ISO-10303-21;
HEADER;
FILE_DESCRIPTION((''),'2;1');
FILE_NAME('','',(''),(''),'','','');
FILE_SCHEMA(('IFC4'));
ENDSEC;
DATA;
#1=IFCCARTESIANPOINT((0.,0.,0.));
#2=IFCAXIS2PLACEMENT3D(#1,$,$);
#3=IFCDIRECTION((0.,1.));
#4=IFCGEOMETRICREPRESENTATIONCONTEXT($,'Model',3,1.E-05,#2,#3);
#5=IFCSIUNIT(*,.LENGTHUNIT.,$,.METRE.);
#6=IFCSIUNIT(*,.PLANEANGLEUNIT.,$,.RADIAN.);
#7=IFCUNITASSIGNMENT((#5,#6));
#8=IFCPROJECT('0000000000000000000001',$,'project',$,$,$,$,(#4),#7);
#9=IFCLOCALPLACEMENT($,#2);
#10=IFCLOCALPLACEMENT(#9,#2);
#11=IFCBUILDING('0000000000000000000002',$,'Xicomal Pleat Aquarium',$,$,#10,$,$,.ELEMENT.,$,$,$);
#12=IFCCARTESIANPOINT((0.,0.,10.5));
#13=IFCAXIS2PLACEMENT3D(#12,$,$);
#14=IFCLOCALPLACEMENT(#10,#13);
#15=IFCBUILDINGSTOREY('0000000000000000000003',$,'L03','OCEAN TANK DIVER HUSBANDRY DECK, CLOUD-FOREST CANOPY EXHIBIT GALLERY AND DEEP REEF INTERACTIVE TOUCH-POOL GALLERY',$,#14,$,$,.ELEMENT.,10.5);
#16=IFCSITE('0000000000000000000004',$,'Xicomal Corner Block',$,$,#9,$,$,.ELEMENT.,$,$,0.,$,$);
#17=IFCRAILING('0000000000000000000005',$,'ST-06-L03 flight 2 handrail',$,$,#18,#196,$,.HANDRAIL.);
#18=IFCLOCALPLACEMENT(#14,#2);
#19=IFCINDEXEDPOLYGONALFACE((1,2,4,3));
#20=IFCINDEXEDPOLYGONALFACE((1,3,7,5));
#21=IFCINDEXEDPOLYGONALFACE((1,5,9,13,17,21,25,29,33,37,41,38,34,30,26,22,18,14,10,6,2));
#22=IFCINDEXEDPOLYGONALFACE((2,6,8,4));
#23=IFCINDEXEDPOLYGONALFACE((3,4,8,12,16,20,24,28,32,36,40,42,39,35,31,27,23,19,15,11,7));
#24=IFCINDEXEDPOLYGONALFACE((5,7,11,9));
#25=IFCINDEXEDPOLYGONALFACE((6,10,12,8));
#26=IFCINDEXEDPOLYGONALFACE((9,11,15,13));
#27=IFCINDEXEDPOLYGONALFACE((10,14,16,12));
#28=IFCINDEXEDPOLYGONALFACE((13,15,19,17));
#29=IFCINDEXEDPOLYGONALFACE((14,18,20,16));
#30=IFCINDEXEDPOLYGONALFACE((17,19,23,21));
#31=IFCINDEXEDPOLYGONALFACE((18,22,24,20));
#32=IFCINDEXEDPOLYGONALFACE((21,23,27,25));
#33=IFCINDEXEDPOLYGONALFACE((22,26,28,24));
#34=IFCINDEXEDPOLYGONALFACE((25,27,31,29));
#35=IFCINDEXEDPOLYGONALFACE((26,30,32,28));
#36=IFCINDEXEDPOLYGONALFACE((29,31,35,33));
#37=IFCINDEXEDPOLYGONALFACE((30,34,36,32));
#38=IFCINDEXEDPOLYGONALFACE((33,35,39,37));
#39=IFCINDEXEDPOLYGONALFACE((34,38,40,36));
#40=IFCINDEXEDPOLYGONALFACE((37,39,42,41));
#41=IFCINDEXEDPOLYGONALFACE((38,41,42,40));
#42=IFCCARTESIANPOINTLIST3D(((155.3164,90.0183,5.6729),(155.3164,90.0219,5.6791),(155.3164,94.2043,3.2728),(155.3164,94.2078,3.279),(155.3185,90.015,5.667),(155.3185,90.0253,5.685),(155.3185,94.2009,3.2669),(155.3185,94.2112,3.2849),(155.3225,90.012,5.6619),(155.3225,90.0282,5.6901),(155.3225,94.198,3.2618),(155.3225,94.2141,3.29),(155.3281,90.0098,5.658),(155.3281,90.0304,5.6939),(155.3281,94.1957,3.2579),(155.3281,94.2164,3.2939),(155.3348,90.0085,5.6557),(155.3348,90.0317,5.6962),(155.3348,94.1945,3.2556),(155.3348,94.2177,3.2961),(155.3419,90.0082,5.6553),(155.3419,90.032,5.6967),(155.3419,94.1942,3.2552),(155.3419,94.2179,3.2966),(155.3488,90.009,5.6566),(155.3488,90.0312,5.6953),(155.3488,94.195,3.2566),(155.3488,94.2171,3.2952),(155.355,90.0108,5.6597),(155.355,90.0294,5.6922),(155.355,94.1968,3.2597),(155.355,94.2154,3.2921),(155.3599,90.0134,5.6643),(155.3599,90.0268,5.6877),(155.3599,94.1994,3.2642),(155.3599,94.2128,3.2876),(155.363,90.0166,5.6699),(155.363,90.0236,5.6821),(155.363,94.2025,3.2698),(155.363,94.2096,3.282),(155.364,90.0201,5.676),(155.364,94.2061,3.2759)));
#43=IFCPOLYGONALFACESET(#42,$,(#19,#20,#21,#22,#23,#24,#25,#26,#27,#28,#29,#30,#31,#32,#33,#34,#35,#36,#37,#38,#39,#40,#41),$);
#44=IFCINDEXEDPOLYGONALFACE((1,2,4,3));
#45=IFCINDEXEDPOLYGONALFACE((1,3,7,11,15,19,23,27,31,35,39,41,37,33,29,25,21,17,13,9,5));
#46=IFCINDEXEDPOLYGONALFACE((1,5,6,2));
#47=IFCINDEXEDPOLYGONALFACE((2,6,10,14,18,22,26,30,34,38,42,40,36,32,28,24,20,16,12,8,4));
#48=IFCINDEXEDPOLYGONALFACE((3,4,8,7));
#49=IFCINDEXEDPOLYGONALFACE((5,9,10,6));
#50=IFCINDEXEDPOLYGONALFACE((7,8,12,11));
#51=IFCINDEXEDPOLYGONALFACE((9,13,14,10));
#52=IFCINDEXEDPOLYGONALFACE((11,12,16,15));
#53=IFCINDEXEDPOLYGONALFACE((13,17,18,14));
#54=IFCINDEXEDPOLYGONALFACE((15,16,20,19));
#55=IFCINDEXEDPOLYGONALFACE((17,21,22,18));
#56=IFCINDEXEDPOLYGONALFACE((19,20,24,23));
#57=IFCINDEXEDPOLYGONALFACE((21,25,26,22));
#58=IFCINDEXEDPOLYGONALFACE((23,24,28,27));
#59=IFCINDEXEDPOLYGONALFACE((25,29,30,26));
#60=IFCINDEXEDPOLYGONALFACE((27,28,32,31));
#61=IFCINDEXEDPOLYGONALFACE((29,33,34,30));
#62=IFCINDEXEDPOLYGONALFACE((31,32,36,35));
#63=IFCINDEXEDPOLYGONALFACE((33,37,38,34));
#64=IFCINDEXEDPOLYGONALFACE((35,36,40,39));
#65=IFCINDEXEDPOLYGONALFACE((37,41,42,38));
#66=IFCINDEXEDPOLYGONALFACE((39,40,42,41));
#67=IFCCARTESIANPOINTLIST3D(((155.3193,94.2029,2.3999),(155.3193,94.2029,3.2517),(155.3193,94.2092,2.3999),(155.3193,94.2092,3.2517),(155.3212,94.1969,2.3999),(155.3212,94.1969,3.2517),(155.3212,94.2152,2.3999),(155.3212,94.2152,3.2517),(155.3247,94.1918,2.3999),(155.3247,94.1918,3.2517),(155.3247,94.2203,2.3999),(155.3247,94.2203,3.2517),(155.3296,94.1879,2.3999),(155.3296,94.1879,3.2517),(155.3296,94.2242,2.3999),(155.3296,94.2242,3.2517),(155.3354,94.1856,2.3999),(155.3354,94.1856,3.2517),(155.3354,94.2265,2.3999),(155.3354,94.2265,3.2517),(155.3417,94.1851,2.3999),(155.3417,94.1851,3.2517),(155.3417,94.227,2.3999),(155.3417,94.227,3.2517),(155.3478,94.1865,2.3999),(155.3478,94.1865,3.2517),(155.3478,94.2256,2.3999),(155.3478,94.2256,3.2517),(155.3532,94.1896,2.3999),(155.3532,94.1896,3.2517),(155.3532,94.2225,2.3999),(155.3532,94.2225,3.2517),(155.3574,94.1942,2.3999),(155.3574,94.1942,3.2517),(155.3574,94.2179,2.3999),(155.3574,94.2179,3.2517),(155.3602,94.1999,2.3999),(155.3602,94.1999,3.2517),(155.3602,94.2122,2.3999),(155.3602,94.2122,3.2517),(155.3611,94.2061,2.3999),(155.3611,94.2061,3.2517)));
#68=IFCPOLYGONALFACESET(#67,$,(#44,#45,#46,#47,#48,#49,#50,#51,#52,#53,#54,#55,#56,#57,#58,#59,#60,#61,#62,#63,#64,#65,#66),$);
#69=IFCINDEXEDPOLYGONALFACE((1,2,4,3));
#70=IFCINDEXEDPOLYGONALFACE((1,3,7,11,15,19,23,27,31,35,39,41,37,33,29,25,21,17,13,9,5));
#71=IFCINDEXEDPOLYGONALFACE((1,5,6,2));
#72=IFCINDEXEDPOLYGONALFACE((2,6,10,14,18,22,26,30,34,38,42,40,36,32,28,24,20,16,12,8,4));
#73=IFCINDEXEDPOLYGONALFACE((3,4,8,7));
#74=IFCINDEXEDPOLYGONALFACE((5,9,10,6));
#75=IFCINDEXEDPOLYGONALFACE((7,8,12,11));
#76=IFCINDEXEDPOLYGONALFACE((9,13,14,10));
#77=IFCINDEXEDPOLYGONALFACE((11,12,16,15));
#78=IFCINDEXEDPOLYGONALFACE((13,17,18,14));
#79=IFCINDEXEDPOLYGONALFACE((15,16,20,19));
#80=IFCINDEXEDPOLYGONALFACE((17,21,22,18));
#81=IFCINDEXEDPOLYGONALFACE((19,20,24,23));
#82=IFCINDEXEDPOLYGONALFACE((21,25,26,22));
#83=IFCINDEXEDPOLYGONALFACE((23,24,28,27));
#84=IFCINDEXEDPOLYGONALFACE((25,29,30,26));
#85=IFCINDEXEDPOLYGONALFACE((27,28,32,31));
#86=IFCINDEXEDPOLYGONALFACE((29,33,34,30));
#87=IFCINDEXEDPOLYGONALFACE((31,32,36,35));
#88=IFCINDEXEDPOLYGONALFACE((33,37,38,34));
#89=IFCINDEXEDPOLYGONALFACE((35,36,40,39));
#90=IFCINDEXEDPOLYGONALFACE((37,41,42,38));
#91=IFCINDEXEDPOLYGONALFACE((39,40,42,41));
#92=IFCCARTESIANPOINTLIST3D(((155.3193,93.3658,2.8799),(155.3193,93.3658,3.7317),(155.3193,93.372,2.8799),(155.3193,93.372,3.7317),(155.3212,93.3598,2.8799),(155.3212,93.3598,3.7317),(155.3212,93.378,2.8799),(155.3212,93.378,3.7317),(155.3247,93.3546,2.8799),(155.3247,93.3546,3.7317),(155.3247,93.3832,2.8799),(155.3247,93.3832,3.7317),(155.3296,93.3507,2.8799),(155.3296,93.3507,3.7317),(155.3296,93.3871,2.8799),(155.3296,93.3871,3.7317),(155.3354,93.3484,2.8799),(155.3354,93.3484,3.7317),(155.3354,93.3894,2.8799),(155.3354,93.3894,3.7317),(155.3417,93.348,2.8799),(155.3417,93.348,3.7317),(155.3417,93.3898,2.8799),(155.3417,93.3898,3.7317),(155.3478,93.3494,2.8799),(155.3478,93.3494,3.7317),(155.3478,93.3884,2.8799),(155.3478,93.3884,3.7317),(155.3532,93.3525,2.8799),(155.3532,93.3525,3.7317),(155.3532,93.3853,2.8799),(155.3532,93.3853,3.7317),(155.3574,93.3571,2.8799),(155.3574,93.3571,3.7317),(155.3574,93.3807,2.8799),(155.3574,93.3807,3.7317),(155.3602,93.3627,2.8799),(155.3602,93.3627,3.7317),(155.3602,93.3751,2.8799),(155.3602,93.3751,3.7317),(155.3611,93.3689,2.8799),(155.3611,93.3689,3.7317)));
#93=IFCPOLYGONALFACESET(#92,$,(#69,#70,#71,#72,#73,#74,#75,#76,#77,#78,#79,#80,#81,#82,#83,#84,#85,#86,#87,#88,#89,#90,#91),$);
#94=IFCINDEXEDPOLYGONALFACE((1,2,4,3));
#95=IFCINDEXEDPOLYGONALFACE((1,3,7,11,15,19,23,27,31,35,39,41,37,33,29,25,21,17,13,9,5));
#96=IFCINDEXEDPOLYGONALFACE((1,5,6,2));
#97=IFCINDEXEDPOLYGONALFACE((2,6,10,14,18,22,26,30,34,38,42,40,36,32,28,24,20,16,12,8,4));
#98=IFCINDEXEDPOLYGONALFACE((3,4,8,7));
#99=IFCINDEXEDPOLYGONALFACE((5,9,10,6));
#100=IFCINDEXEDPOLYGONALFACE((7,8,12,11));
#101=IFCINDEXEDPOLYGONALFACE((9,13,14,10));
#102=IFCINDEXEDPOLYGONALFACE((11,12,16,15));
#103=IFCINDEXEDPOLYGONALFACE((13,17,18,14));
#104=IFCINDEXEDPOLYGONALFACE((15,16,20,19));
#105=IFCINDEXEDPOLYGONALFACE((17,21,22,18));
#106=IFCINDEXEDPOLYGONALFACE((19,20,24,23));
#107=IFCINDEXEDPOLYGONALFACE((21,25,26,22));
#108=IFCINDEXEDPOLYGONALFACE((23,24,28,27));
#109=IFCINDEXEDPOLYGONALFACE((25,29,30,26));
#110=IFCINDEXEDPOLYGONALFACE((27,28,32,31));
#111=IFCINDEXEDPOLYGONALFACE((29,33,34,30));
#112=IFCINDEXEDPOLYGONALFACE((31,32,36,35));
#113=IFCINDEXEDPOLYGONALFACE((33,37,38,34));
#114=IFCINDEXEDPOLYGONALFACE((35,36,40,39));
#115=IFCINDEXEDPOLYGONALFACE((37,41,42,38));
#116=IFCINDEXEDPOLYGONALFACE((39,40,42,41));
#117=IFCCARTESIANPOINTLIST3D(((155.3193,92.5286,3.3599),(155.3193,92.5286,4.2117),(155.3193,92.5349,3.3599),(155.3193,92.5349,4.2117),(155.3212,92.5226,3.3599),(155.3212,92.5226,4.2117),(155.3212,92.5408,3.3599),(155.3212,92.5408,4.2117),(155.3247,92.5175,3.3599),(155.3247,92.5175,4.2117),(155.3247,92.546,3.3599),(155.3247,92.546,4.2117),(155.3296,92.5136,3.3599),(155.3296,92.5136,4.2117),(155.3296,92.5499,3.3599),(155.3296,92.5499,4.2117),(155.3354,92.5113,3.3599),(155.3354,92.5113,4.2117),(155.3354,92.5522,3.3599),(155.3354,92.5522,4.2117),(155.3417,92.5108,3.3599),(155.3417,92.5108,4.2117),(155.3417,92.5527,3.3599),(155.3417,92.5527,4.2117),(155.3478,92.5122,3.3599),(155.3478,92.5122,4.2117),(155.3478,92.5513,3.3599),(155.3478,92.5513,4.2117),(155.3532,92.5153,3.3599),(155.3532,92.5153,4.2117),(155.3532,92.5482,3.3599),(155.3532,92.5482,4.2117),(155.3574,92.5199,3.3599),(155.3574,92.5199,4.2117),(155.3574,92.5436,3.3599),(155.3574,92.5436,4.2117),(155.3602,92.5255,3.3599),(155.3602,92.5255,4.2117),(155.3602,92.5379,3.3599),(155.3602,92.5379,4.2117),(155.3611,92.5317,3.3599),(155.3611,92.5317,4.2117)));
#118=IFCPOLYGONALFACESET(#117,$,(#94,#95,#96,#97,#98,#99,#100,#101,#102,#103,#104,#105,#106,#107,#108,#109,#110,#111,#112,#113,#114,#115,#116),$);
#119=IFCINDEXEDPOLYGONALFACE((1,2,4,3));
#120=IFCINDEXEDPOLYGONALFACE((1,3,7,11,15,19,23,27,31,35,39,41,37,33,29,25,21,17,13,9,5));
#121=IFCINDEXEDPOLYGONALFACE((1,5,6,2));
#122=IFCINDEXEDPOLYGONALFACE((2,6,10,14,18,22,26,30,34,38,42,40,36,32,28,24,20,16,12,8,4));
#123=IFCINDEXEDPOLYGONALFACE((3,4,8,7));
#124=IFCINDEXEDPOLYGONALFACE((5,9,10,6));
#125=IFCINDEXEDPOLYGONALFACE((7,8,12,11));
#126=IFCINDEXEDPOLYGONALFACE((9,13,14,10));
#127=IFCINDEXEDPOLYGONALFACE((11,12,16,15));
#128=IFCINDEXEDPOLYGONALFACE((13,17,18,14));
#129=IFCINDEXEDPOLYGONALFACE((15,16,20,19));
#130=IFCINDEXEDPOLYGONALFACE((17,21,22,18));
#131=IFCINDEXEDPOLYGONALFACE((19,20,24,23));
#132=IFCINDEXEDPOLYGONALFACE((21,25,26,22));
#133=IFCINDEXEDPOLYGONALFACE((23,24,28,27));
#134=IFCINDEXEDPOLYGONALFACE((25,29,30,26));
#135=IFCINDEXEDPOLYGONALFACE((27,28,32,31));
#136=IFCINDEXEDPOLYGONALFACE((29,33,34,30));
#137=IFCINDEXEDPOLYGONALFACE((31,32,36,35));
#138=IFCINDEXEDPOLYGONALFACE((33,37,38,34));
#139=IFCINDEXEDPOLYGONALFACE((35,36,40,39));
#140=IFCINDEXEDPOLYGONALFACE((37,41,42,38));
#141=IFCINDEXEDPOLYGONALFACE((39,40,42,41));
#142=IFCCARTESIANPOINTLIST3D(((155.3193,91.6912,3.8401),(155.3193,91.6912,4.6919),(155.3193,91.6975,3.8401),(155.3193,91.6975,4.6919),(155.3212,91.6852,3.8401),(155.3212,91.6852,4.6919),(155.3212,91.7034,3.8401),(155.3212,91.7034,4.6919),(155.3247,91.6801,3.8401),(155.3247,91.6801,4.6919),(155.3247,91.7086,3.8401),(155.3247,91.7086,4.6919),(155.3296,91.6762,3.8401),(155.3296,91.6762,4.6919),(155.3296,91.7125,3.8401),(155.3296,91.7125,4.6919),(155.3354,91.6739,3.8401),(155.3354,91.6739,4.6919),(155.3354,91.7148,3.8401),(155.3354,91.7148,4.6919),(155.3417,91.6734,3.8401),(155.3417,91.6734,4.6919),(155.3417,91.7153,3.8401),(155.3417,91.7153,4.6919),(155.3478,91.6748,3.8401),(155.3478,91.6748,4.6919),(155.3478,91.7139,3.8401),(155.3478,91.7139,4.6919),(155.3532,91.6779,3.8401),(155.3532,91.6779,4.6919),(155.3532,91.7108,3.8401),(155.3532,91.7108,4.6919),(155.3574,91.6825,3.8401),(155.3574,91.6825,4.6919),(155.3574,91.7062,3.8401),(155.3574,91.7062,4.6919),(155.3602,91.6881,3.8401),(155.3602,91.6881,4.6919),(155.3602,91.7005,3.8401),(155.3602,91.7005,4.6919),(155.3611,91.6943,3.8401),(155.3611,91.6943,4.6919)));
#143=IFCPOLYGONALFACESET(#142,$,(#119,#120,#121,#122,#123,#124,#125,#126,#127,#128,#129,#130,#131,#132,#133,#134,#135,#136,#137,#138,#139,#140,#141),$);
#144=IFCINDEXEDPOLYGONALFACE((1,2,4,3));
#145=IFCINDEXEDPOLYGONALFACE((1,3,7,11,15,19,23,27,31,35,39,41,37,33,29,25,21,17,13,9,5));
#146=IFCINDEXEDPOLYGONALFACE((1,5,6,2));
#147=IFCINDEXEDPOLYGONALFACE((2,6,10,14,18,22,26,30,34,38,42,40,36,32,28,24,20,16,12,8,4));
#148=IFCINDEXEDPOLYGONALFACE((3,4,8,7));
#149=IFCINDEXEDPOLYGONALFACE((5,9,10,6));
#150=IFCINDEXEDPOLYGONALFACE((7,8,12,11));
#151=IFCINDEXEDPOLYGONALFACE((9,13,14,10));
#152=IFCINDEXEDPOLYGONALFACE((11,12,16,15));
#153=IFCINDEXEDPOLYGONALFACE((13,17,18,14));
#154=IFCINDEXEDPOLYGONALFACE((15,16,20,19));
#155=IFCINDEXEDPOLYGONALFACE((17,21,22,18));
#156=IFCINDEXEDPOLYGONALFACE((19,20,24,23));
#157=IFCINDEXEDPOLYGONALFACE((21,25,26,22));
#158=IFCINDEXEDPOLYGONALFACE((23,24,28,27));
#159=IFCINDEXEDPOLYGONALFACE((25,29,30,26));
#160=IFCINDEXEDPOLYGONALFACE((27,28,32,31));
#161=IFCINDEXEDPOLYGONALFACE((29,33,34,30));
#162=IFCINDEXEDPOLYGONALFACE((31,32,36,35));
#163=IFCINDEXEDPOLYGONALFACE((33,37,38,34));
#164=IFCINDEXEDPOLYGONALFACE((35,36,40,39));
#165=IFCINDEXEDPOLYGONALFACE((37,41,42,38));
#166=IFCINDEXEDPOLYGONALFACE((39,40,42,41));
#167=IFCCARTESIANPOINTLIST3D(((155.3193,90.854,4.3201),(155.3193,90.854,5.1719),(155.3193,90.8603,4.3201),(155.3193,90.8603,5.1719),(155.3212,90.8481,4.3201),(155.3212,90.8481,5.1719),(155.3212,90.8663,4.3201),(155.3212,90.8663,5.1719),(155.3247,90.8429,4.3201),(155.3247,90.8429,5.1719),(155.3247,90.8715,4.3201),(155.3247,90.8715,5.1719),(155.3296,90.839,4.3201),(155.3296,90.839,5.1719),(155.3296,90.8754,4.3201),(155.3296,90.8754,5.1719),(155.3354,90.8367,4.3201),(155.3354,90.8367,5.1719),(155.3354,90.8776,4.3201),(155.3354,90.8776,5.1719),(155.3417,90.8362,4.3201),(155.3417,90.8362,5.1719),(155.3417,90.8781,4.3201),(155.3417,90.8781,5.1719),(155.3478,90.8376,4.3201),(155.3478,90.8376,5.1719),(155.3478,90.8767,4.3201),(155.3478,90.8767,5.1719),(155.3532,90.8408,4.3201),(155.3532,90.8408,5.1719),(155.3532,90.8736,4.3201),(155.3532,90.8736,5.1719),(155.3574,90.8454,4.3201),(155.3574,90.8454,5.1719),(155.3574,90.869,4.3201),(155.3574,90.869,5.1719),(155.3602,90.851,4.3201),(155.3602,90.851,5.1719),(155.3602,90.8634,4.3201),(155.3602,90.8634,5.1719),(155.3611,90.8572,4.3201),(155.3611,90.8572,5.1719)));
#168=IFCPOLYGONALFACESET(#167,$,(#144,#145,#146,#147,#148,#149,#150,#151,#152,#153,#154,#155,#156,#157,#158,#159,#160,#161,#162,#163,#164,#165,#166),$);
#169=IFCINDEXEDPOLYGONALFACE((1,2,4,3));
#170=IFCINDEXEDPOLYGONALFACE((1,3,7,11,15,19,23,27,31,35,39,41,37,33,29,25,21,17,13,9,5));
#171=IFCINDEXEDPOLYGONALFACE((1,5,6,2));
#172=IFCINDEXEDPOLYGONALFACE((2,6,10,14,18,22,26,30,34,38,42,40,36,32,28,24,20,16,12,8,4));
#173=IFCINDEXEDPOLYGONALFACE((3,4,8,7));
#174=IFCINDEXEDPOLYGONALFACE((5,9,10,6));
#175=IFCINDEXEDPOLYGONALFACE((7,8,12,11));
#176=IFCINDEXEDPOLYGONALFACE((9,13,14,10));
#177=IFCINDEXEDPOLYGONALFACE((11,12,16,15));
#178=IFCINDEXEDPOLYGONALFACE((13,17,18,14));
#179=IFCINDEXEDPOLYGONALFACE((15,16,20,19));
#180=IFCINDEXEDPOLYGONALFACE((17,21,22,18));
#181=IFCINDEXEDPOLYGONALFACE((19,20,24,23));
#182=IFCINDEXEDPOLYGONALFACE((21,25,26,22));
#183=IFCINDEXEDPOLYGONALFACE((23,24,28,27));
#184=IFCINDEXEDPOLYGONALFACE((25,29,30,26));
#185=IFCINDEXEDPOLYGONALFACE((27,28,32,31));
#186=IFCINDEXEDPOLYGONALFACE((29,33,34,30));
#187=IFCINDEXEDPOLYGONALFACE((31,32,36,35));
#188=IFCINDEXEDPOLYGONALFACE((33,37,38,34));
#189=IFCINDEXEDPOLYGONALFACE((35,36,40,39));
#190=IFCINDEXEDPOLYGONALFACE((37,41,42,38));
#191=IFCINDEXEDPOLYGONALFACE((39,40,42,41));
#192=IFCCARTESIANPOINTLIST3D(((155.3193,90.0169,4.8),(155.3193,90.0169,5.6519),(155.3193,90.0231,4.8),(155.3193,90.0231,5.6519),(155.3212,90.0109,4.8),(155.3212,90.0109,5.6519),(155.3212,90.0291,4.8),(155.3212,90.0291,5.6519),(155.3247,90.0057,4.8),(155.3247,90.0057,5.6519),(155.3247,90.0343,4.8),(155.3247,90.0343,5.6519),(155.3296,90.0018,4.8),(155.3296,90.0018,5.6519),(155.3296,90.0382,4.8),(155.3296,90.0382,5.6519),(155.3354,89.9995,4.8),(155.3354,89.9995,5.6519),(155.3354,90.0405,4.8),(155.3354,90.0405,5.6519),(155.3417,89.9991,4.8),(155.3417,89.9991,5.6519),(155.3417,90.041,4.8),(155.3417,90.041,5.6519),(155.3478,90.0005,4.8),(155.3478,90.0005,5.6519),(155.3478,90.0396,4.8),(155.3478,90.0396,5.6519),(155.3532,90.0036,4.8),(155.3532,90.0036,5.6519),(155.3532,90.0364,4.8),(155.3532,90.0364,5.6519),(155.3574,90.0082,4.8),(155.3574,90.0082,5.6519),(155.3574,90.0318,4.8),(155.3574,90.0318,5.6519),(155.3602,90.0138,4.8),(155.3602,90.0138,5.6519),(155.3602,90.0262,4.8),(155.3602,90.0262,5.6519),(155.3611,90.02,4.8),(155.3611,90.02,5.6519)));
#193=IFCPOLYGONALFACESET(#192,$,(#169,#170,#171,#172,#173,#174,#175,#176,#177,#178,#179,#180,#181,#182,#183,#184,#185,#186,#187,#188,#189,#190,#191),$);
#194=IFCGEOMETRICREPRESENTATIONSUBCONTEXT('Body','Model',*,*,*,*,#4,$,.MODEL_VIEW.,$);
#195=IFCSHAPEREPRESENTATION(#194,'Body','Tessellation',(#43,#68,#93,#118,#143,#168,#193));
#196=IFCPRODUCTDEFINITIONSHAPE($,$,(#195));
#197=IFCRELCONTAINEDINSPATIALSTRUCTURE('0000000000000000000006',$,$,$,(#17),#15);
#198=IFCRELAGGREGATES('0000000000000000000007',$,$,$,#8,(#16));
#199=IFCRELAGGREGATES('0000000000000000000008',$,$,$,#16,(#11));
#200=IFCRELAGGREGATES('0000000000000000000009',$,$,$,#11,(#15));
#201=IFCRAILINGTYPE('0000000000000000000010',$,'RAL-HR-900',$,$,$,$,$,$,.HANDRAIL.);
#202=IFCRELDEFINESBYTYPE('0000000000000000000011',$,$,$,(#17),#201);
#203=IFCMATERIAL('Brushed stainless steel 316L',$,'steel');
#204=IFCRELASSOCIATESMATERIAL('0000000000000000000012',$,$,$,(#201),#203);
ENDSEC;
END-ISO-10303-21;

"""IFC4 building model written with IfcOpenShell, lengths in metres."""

from ifc_helpers import new_model, si_unit, direction, frame, origin, origin_2d, place, context, subcontext, project, spatial, circle, extrude, material, type_object, element, save


model = new_model("IFC4")

# Units and contexts
model_context = context("Model", 3, precision=1e-05, world=origin(), true_north=direction((0.0, 1.0)))
body_context = subcontext(model_context, "Body", "Model", "MODEL_VIEW")
ifc_project = project(units=[si_unit("LENGTHUNIT", "METRE"), si_unit("PLANEANGLEUNIT", "RADIAN")], contexts=[model_context])

# Site, building, storey
site_placement = place(None, origin())
site = spatial("IfcSite", under=ifc_project, at=site_placement, Name="Xicomal Corner Block", CompositionType="ELEMENT", RefElevation=0.0)
building_placement = place(site_placement, origin())
building = spatial("IfcBuilding", under=site, at=building_placement, Name="Xicomal Pleat Aquarium", CompositionType="ELEMENT")
storey_placement = place(building_placement, frame((0.0, 0.0, 10.5)))
storey = spatial("IfcBuildingStorey", under=building, at=storey_placement, Name="L03", Description="OCEAN TANK DIVER HUSBANDRY DECK, CLOUD-FOREST CANOPY EXHIBIT GALLERY AND DEEP REEF INTERACTIVE TOUCH-POOL GALLERY", CompositionType="ELEMENT", Elevation=10.5)

# Railing
ifc_material_1 = material(Name="Brushed stainless steel 316L", Category="steel")
railing_type = type_object("IfcRailingType", Name="RAL-HR-900", PredefinedType="HANDRAIL", material=ifc_material_1)
for number, where, name in (
    (1, (155.3401, 94.2061, 2.3999), "ST-06-L03 flight 2 handrail"),
):
    element("IfcRailing", number, at=place(storey_placement, frame(where)), inside=storey, type_object=railing_type, Name=name, PredefinedType="HANDRAIL", context=body_context, shape_type="SweptSolid", body=[
        extrude(circle(Radius=0.0239, at=origin_2d()), frame((0.0, 0.0, 0.876), z_axis=(0.0, -0.867517, 0.497408), x_axis=(1.0, 0.0, 0.0)), (0.0, 0.0, 1.0), 4.8252),
        extrude(circle(Radius=0.021, at=origin_2d()), origin(), (0.0, 0.0, 1.0), 0.8518),
        extrude(circle(Radius=0.021, at=origin_2d()), frame((0.0, -0.8372, 0.48)), (0.0, 0.0, 1.0), 0.8518),
        extrude(circle(Radius=0.021, at=origin_2d()), frame((0.0, -1.6743, 0.96)), (0.0, 0.0, 1.0), 0.8518),
        extrude(circle(Radius=0.021, at=origin_2d()), frame((0.0, -2.5117, 1.4402)), (0.0, 0.0, 1.0), 0.8518),
        extrude(circle(Radius=0.021, at=origin_2d()), frame((0.0, -3.3489, 1.9202)), (0.0, 0.0, 1.0), 0.8518),
        extrude(circle(Radius=0.021, at=origin_2d()), frame((0.0, -4.186, 2.4001)), (0.0, 0.0, 1.0), 0.8518),
    ])

save(model, "model.ifc")
